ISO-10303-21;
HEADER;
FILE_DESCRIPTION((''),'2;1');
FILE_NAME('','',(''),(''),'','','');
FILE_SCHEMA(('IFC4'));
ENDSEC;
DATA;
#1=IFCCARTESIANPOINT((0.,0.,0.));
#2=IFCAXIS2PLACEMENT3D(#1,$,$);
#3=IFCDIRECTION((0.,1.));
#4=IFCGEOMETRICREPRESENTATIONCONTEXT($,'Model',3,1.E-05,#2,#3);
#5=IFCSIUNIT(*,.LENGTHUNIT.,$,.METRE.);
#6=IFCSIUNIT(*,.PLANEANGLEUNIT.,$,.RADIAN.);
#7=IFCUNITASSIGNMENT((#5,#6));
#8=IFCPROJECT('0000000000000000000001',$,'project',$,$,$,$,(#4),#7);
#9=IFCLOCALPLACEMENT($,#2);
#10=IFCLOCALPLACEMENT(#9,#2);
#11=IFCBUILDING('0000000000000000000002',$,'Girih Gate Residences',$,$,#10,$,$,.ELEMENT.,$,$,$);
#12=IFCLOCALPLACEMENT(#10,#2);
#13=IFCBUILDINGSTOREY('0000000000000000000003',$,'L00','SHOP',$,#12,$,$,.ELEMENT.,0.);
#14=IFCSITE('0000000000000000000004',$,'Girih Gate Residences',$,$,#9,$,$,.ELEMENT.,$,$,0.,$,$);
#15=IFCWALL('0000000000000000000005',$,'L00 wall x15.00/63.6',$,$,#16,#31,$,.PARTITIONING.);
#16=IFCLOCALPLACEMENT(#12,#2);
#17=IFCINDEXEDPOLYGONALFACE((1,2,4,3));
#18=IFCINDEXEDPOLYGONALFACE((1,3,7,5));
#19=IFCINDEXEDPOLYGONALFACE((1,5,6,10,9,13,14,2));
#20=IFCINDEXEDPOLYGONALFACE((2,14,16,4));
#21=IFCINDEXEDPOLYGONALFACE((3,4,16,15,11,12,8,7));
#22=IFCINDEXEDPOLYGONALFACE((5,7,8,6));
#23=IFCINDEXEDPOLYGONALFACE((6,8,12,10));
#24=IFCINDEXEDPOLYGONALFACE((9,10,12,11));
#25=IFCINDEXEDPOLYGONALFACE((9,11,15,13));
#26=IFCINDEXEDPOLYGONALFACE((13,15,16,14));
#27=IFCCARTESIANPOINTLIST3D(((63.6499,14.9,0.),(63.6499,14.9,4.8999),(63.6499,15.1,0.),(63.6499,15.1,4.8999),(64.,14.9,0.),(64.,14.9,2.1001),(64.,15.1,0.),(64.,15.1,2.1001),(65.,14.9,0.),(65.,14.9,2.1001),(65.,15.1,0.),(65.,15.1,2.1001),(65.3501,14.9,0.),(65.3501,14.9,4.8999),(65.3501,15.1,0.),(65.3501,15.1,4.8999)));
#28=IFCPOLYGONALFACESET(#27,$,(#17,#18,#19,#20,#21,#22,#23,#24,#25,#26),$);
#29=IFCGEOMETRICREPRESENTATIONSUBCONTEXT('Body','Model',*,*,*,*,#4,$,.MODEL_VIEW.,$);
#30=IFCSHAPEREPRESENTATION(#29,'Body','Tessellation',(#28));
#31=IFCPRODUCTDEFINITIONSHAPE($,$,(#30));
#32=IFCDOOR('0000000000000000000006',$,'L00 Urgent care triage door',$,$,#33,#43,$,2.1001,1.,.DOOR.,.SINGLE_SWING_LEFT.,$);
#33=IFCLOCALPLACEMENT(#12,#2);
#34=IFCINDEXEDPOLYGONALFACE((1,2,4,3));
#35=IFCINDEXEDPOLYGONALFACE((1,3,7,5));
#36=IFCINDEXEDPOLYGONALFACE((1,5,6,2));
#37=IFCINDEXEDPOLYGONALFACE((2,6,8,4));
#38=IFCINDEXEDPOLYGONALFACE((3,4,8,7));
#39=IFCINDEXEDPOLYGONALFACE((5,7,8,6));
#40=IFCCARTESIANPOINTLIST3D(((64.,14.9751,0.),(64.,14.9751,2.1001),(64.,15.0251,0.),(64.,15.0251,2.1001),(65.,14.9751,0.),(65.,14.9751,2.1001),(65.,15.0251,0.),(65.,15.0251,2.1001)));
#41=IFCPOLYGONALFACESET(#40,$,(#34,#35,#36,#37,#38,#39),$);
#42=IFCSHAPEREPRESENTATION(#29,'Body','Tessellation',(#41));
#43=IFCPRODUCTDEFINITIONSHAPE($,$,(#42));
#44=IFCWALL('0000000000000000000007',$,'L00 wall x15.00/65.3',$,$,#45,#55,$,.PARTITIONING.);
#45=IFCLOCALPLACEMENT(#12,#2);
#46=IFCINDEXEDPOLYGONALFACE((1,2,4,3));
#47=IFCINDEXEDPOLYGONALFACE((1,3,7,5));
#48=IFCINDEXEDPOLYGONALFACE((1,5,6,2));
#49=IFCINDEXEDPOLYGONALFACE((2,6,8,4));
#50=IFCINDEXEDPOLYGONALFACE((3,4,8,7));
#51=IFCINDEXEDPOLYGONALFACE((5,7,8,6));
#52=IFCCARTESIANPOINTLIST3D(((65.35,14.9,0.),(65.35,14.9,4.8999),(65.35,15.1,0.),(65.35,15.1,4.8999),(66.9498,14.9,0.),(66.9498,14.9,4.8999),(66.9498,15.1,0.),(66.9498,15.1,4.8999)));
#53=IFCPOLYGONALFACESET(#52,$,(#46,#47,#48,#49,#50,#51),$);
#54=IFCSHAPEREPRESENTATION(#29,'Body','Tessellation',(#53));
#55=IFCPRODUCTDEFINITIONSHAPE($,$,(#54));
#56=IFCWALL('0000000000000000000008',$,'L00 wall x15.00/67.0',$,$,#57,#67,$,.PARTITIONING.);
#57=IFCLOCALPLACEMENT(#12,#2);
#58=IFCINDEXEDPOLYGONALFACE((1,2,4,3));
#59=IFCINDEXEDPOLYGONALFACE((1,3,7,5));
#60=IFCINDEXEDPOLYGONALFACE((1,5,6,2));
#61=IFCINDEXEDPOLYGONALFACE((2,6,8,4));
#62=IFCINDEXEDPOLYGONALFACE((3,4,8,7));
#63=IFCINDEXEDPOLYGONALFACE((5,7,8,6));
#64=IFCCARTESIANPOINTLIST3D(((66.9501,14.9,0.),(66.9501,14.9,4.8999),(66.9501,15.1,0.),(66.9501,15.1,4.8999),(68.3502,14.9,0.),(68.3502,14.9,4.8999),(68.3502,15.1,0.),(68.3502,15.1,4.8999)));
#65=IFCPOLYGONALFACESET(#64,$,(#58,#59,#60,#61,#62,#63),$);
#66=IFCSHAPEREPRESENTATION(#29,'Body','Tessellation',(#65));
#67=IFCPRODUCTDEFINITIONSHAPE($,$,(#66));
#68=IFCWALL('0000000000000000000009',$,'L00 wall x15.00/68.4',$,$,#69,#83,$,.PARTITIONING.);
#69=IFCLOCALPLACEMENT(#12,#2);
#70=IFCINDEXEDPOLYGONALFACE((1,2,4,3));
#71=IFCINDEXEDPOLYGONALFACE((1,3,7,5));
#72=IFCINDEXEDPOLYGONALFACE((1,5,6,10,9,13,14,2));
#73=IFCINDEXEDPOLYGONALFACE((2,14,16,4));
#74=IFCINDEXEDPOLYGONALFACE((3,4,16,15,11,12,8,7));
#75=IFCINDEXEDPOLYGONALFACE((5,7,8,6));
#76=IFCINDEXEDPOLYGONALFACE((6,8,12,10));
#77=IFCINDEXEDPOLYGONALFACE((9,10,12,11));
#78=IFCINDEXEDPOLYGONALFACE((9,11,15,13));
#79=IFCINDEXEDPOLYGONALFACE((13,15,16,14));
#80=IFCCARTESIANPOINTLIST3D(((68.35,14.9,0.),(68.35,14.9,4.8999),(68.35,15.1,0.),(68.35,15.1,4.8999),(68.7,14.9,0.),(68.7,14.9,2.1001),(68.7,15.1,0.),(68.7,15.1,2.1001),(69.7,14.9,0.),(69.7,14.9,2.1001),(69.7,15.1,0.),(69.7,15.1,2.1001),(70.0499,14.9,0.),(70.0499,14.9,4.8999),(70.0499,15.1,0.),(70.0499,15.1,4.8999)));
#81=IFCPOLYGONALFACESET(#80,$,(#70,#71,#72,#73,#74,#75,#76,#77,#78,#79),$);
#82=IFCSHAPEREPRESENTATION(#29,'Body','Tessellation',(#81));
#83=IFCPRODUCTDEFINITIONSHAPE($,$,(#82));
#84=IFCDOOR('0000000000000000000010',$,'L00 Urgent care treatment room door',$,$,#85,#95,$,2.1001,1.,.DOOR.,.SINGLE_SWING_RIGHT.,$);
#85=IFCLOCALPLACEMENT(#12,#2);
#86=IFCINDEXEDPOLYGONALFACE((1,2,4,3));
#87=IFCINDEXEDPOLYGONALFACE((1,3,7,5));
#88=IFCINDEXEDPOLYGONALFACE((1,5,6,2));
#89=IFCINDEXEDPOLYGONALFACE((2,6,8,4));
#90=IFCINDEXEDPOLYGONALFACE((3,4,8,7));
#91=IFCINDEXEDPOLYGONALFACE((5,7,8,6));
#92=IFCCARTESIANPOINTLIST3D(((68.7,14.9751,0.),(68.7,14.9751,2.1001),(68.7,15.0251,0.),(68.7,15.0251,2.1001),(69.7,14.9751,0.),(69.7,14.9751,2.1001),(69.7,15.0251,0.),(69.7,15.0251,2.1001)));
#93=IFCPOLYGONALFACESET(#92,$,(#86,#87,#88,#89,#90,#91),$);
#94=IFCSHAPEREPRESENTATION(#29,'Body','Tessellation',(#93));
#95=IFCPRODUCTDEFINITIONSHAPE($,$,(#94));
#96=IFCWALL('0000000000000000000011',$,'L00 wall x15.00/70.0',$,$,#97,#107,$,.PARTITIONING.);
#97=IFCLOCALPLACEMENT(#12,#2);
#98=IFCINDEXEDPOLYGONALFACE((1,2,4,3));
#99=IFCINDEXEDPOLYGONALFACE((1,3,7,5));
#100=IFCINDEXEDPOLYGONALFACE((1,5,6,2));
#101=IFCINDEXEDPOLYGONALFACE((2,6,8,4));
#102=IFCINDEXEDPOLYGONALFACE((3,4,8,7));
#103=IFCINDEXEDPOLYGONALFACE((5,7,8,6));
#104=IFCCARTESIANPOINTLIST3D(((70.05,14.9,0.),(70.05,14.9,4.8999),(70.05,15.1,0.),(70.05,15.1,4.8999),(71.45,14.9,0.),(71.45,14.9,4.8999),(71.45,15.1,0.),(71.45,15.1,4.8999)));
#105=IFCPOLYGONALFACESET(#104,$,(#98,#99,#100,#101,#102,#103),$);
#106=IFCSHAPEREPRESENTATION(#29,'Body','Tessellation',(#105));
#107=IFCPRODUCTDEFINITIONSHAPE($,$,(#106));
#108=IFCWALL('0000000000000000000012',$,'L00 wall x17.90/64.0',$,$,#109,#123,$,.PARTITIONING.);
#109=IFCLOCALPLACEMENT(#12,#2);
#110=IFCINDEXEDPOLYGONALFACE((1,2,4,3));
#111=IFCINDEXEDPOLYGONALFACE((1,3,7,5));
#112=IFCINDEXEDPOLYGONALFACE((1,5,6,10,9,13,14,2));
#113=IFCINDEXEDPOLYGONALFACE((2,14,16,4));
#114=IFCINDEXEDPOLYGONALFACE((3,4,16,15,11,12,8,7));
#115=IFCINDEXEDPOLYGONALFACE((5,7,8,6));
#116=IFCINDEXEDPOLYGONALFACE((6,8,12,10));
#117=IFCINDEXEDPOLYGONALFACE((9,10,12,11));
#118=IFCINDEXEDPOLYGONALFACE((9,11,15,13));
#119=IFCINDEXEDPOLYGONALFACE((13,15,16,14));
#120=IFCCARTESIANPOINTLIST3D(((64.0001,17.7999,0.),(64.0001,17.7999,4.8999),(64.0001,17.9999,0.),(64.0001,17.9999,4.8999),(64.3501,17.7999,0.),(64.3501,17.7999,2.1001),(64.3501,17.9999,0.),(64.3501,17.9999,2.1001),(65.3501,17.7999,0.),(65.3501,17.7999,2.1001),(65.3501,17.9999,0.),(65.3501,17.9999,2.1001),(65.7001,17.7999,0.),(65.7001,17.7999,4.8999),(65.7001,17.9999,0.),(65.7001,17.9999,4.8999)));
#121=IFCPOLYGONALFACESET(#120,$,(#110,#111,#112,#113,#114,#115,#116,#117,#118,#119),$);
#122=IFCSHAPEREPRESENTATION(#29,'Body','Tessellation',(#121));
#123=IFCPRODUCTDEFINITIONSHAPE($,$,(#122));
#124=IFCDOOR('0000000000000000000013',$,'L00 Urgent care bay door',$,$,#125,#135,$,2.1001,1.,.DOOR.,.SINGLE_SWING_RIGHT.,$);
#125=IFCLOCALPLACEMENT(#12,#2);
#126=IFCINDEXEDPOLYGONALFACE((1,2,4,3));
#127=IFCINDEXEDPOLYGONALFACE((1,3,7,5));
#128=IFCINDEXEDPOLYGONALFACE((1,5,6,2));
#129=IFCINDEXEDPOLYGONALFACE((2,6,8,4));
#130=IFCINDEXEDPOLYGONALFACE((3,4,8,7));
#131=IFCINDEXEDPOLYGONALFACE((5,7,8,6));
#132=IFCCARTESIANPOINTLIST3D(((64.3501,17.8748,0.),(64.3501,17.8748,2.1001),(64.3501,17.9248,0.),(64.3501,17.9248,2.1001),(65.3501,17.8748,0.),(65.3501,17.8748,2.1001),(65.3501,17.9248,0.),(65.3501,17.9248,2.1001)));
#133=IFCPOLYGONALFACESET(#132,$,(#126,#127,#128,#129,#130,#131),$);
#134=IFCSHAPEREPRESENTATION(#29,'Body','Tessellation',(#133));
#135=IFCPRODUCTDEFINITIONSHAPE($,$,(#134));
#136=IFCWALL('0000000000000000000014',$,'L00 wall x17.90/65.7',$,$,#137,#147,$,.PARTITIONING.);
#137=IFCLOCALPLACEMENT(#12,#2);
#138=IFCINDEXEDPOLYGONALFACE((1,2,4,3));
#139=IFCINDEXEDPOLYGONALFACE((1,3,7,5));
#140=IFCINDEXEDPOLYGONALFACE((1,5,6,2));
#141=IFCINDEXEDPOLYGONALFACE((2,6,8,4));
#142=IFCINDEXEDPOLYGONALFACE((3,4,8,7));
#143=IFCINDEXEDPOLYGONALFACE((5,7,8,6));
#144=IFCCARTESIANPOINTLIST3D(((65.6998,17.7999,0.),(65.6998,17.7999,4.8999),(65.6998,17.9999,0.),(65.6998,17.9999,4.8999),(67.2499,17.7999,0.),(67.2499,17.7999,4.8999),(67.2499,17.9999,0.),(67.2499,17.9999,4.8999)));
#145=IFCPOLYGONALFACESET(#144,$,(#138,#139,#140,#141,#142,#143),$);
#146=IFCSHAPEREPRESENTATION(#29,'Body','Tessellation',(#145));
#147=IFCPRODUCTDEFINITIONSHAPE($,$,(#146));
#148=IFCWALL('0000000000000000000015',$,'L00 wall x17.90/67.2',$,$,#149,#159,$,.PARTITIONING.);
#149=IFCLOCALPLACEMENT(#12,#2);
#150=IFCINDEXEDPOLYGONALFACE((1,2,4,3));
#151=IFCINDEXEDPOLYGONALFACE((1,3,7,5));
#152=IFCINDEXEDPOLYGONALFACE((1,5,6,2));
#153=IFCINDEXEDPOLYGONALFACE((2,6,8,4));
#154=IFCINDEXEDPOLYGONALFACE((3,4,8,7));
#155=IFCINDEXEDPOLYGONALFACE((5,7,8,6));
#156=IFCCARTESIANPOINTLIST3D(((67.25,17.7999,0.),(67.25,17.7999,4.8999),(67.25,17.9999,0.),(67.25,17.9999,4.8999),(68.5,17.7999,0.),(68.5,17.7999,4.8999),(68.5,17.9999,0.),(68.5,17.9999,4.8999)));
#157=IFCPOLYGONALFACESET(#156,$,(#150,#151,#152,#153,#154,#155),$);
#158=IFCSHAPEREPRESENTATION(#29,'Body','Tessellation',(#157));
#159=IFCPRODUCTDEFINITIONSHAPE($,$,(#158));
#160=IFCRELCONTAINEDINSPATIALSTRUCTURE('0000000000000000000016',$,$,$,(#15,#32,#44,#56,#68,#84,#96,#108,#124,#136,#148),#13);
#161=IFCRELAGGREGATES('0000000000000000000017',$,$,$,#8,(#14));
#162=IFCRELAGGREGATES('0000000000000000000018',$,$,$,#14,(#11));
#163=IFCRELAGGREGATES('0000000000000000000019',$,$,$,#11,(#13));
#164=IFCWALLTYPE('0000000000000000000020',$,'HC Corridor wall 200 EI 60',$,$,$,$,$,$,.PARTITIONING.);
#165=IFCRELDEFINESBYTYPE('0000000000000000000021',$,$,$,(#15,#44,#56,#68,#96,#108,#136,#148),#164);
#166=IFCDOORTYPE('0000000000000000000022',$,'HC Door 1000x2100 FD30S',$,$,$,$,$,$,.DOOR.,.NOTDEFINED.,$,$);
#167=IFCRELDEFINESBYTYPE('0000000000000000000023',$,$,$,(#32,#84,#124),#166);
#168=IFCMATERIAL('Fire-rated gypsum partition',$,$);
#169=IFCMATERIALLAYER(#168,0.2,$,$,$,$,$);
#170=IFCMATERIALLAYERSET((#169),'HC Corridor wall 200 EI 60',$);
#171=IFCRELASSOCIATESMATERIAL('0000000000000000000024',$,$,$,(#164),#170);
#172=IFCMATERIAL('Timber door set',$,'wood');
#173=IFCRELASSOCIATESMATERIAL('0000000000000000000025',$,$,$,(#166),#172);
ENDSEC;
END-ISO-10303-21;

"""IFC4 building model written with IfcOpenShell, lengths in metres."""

from ifc_helpers import new_model, si_unit, direction, frame, frame_2d, origin, place, context, subcontext, project, spatial, rectangle, extrude, material, layer, layer_set, type_object, element, fill, save


model = new_model("IFC4")

# Units and contexts
model_context = context("Model", 3, precision=1e-05, world=origin(), true_north=direction((0.0, 1.0)))
body_context = subcontext(model_context, "Body", "Model", "MODEL_VIEW")
ifc_project = project(units=[si_unit("LENGTHUNIT", "METRE"), si_unit("PLANEANGLEUNIT", "RADIAN")], contexts=[model_context])

# Site, building, storey
site_placement = place(None, origin())
site = spatial("IfcSite", under=ifc_project, at=site_placement, Name="Girih Gate Residences", CompositionType="ELEMENT", RefElevation=0.0)
building_placement = place(site_placement, origin())
building = spatial("IfcBuilding", under=site, at=building_placement, Name="Girih Gate Residences", CompositionType="ELEMENT")
storey_placement = place(building_placement, origin())
storey = spatial("IfcBuildingStorey", under=building, at=storey_placement, Name="L00", Description="SHOP", CompositionType="ELEMENT", Elevation=0.0)

# Wall, opening, door
ifc_material_1 = material(Name="Fire-rated gypsum partition")
ifc_layer_1 = layer(ifc_material_1, 0.2)
ifc_layer_set_1 = layer_set([ifc_layer_1], Name="HC Corridor wall 200 EI 60")
wall_type_1 = type_object("IfcWallType", Name="HC Corridor wall 200 EI 60", PredefinedType="PARTITIONING", material=ifc_layer_set_1)
wall_1_placement = place(storey_placement, frame((65.3501, 15.0, 0.0), z_axis=(0.0, 0.0, 1.0), x_axis=(-1.0, 0.0, 0.0)))
wall_1 = element("IfcWall", 1, at=wall_1_placement, inside=storey, type_object=wall_type_1, Name="L00 wall x15.00/63.6", PredefinedType="PARTITIONING", context=body_context, shape_type="SweptSolid", body=[
    extrude(rectangle(XDim=1.7002, YDim=0.2, at=frame_2d((0.8501, 0.0))), origin(), (0.0, 0.0, 1.0), 4.8999),
])
opening_1_placement = place(wall_1_placement, frame((0.3501, 0.0, 0.0)))
opening_1 = element("IfcOpeningElement", 2, at=opening_1_placement, cuts=wall_1, PredefinedType="OPENING", context=body_context, shape_type="SweptSolid", body=[
    extrude(rectangle(XDim=1.0, YDim=2.1001, at=frame_2d((0.5, 1.05))), frame((0.0, 0.1099, 0.0), z_axis=(0.0, -1.0, 0.0), x_axis=(1.0, 0.0, 0.0)), (0.0, 0.0, 1.0), 0.22),
])
ifc_material_2 = material(Name="Timber door set", Category="wood")
door_type = type_object("IfcDoorType", Name="HC Door 1000x2100 FD30S", OperationType="NOTDEFINED", PredefinedType="DOOR", material=ifc_material_2)
door_1_placement = place(opening_1_placement, origin())
door_1 = element("IfcDoor", 3, at=door_1_placement, inside=storey, type_object=door_type, Name="L00 Urgent care triage door", OperationType="SINGLE_SWING_LEFT", OverallHeight=2.1001, OverallWidth=1.0, PredefinedType="DOOR", context=body_context, shape_type="SweptSolid", body=[
    extrude(rectangle(XDim=1.0, YDim=2.1001, at=frame_2d((0.5, 1.05))), frame((0.0, 0.0249, 0.0), z_axis=(0.0, -1.0, 0.0), x_axis=(1.0, 0.0, 0.0)), (0.0, 0.0, 1.0), 0.05),
])
fill(opening_1, door_1)

# Walls
wall_2_placement = place(storey_placement, frame((65.3501, 15.0, 0.0), z_axis=(0.0, 0.0, 1.0), x_axis=(1.0, 0.0, 0.0)))
element("IfcWall", 4, at=wall_2_placement, inside=storey, type_object=wall_type_1, Name="L00 wall x15.00/65.3", PredefinedType="PARTITIONING", context=body_context, shape_type="SweptSolid", body=[
    extrude(rectangle(XDim=1.5999, YDim=0.2, at=frame_2d((0.7998, 0.0))), origin(), (0.0, 0.0, 1.0), 4.8999),
])
wall_3_placement = place(storey_placement, frame((66.95, 15.0, 0.0), z_axis=(0.0, 0.0, 1.0), x_axis=(1.0, 0.0, 0.0)))
element("IfcWall", 5, at=wall_3_placement, inside=storey, type_object=wall_type_1, Name="L00 wall x15.00/67.0", PredefinedType="PARTITIONING", context=body_context, shape_type="SweptSolid", body=[
    extrude(rectangle(XDim=1.4001, YDim=0.2, at=frame_2d((0.7002, 0.0))), origin(), (0.0, 0.0, 1.0), 4.8999),
])

# Wall, opening, door
wall_4_placement = place(storey_placement, frame((70.05, 15.0, 0.0), z_axis=(0.0, 0.0, 1.0), x_axis=(-1.0, 0.0, 0.0)))
wall_4 = element("IfcWall", 6, at=wall_4_placement, inside=storey, type_object=wall_type_1, Name="L00 wall x15.00/68.4", PredefinedType="PARTITIONING", context=body_context, shape_type="SweptSolid", body=[
    extrude(rectangle(XDim=1.7, YDim=0.2, at=frame_2d((0.8501, 0.0))), origin(), (0.0, 0.0, 1.0), 4.8999),
])
opening_2_placement = place(wall_4_placement, frame((0.3501, 0.0, 0.0)))
opening_2 = element("IfcOpeningElement", 7, at=opening_2_placement, cuts=wall_4, PredefinedType="OPENING", context=body_context, shape_type="SweptSolid", body=[
    extrude(rectangle(XDim=1.0, YDim=2.1001, at=frame_2d((0.5, 1.05))), frame((0.0, 0.1099, 0.0), z_axis=(0.0, -1.0, 0.0), x_axis=(1.0, 0.0, 0.0)), (0.0, 0.0, 1.0), 0.22),
])
door_2_placement = place(opening_2_placement, origin())
door_2 = element("IfcDoor", 8, at=door_2_placement, inside=storey, type_object=door_type, Name="L00 Urgent care treatment room door", OperationType="SINGLE_SWING_RIGHT", OverallHeight=2.1001, OverallWidth=1.0, PredefinedType="DOOR", context=body_context, shape_type="SweptSolid", body=[
    extrude(rectangle(XDim=1.0, YDim=2.1001, at=frame_2d((0.5, 1.05))), frame((0.0, 0.0249, 0.0), z_axis=(0.0, -1.0, 0.0), x_axis=(1.0, 0.0, 0.0)), (0.0, 0.0, 1.0), 0.05),
])
fill(opening_2, door_2)

# Wall
wall_5_placement = place(storey_placement, frame((70.05, 15.0, 0.0), z_axis=(0.0, 0.0, 1.0), x_axis=(1.0, 0.0, 0.0)))
element("IfcWall", 9, at=wall_5_placement, inside=storey, type_object=wall_type_1, Name="L00 wall x15.00/70.0", PredefinedType="PARTITIONING", context=body_context, shape_type="SweptSolid", body=[
    extrude(rectangle(XDim=1.3999, YDim=0.2, at=frame_2d((0.7, 0.0))), origin(), (0.0, 0.0, 1.0), 4.8999),
])

# Wall, opening, door
wall_6_placement = place(storey_placement, frame((64.0, 17.8999, 0.0), z_axis=(0.0, 0.0, 1.0), x_axis=(1.0, 0.0, 0.0)))
wall_6 = element("IfcWall", 10, at=wall_6_placement, inside=storey, type_object=wall_type_1, Name="L00 wall x17.90/64.0", PredefinedType="PARTITIONING", context=body_context, shape_type="SweptSolid", body=[
    extrude(rectangle(XDim=1.7, YDim=0.2, at=frame_2d((0.8501, 0.0))), origin(), (0.0, 0.0, 1.0), 4.8999),
])
opening_3_placement = place(wall_6_placement, frame((0.3501, 0.0, 0.0)))
opening_3 = element("IfcOpeningElement", 11, at=opening_3_placement, cuts=wall_6, PredefinedType="OPENING", context=body_context, shape_type="SweptSolid", body=[
    extrude(rectangle(XDim=1.0, YDim=2.1001, at=frame_2d((0.5, 1.05))), frame((0.0, 0.1099, 0.0), z_axis=(0.0, -1.0, 0.0), x_axis=(1.0, 0.0, 0.0)), (0.0, 0.0, 1.0), 0.22),
])
door_3_placement = place(opening_3_placement, origin())
door_3 = element("IfcDoor", 12, at=door_3_placement, inside=storey, type_object=door_type, Name="L00 Urgent care bay door", OperationType="SINGLE_SWING_RIGHT", OverallHeight=2.1001, OverallWidth=1.0, PredefinedType="DOOR", context=body_context, shape_type="SweptSolid", body=[
    extrude(rectangle(XDim=1.0, YDim=2.1001, at=frame_2d((0.5, 1.05))), frame((0.0, 0.0249, 0.0), z_axis=(0.0, -1.0, 0.0), x_axis=(1.0, 0.0, 0.0)), (0.0, 0.0, 1.0), 0.05),
])
fill(opening_3, door_3)

# Walls
wall_7_placement = place(storey_placement, frame((65.7, 17.8999, 0.0), z_axis=(0.0, 0.0, 1.0), x_axis=(1.0, 0.0, 0.0)))
element("IfcWall", 13, at=wall_7_placement, inside=storey, type_object=wall_type_1, Name="L00 wall x17.90/65.7", PredefinedType="PARTITIONING", context=body_context, shape_type="SweptSolid", body=[
    extrude(rectangle(XDim=1.55, YDim=0.2, at=frame_2d((0.7749, 0.0))), origin(), (0.0, 0.0, 1.0), 4.8999),
])
wall_8_placement = place(storey_placement, frame((67.25, 17.8999, 0.0), z_axis=(0.0, 0.0, 1.0), x_axis=(1.0, 0.0, 0.0)))
element("IfcWall", 14, at=wall_8_placement, inside=storey, type_object=wall_type_1, Name="L00 wall x17.90/67.2", PredefinedType="PARTITIONING", context=body_context, shape_type="SweptSolid", body=[
    extrude(rectangle(XDim=1.25, YDim=0.2, at=frame_2d((0.625, 0.0))), origin(), (0.0, 0.0, 1.0), 4.8999),
])

save(model, "model.ifc")
